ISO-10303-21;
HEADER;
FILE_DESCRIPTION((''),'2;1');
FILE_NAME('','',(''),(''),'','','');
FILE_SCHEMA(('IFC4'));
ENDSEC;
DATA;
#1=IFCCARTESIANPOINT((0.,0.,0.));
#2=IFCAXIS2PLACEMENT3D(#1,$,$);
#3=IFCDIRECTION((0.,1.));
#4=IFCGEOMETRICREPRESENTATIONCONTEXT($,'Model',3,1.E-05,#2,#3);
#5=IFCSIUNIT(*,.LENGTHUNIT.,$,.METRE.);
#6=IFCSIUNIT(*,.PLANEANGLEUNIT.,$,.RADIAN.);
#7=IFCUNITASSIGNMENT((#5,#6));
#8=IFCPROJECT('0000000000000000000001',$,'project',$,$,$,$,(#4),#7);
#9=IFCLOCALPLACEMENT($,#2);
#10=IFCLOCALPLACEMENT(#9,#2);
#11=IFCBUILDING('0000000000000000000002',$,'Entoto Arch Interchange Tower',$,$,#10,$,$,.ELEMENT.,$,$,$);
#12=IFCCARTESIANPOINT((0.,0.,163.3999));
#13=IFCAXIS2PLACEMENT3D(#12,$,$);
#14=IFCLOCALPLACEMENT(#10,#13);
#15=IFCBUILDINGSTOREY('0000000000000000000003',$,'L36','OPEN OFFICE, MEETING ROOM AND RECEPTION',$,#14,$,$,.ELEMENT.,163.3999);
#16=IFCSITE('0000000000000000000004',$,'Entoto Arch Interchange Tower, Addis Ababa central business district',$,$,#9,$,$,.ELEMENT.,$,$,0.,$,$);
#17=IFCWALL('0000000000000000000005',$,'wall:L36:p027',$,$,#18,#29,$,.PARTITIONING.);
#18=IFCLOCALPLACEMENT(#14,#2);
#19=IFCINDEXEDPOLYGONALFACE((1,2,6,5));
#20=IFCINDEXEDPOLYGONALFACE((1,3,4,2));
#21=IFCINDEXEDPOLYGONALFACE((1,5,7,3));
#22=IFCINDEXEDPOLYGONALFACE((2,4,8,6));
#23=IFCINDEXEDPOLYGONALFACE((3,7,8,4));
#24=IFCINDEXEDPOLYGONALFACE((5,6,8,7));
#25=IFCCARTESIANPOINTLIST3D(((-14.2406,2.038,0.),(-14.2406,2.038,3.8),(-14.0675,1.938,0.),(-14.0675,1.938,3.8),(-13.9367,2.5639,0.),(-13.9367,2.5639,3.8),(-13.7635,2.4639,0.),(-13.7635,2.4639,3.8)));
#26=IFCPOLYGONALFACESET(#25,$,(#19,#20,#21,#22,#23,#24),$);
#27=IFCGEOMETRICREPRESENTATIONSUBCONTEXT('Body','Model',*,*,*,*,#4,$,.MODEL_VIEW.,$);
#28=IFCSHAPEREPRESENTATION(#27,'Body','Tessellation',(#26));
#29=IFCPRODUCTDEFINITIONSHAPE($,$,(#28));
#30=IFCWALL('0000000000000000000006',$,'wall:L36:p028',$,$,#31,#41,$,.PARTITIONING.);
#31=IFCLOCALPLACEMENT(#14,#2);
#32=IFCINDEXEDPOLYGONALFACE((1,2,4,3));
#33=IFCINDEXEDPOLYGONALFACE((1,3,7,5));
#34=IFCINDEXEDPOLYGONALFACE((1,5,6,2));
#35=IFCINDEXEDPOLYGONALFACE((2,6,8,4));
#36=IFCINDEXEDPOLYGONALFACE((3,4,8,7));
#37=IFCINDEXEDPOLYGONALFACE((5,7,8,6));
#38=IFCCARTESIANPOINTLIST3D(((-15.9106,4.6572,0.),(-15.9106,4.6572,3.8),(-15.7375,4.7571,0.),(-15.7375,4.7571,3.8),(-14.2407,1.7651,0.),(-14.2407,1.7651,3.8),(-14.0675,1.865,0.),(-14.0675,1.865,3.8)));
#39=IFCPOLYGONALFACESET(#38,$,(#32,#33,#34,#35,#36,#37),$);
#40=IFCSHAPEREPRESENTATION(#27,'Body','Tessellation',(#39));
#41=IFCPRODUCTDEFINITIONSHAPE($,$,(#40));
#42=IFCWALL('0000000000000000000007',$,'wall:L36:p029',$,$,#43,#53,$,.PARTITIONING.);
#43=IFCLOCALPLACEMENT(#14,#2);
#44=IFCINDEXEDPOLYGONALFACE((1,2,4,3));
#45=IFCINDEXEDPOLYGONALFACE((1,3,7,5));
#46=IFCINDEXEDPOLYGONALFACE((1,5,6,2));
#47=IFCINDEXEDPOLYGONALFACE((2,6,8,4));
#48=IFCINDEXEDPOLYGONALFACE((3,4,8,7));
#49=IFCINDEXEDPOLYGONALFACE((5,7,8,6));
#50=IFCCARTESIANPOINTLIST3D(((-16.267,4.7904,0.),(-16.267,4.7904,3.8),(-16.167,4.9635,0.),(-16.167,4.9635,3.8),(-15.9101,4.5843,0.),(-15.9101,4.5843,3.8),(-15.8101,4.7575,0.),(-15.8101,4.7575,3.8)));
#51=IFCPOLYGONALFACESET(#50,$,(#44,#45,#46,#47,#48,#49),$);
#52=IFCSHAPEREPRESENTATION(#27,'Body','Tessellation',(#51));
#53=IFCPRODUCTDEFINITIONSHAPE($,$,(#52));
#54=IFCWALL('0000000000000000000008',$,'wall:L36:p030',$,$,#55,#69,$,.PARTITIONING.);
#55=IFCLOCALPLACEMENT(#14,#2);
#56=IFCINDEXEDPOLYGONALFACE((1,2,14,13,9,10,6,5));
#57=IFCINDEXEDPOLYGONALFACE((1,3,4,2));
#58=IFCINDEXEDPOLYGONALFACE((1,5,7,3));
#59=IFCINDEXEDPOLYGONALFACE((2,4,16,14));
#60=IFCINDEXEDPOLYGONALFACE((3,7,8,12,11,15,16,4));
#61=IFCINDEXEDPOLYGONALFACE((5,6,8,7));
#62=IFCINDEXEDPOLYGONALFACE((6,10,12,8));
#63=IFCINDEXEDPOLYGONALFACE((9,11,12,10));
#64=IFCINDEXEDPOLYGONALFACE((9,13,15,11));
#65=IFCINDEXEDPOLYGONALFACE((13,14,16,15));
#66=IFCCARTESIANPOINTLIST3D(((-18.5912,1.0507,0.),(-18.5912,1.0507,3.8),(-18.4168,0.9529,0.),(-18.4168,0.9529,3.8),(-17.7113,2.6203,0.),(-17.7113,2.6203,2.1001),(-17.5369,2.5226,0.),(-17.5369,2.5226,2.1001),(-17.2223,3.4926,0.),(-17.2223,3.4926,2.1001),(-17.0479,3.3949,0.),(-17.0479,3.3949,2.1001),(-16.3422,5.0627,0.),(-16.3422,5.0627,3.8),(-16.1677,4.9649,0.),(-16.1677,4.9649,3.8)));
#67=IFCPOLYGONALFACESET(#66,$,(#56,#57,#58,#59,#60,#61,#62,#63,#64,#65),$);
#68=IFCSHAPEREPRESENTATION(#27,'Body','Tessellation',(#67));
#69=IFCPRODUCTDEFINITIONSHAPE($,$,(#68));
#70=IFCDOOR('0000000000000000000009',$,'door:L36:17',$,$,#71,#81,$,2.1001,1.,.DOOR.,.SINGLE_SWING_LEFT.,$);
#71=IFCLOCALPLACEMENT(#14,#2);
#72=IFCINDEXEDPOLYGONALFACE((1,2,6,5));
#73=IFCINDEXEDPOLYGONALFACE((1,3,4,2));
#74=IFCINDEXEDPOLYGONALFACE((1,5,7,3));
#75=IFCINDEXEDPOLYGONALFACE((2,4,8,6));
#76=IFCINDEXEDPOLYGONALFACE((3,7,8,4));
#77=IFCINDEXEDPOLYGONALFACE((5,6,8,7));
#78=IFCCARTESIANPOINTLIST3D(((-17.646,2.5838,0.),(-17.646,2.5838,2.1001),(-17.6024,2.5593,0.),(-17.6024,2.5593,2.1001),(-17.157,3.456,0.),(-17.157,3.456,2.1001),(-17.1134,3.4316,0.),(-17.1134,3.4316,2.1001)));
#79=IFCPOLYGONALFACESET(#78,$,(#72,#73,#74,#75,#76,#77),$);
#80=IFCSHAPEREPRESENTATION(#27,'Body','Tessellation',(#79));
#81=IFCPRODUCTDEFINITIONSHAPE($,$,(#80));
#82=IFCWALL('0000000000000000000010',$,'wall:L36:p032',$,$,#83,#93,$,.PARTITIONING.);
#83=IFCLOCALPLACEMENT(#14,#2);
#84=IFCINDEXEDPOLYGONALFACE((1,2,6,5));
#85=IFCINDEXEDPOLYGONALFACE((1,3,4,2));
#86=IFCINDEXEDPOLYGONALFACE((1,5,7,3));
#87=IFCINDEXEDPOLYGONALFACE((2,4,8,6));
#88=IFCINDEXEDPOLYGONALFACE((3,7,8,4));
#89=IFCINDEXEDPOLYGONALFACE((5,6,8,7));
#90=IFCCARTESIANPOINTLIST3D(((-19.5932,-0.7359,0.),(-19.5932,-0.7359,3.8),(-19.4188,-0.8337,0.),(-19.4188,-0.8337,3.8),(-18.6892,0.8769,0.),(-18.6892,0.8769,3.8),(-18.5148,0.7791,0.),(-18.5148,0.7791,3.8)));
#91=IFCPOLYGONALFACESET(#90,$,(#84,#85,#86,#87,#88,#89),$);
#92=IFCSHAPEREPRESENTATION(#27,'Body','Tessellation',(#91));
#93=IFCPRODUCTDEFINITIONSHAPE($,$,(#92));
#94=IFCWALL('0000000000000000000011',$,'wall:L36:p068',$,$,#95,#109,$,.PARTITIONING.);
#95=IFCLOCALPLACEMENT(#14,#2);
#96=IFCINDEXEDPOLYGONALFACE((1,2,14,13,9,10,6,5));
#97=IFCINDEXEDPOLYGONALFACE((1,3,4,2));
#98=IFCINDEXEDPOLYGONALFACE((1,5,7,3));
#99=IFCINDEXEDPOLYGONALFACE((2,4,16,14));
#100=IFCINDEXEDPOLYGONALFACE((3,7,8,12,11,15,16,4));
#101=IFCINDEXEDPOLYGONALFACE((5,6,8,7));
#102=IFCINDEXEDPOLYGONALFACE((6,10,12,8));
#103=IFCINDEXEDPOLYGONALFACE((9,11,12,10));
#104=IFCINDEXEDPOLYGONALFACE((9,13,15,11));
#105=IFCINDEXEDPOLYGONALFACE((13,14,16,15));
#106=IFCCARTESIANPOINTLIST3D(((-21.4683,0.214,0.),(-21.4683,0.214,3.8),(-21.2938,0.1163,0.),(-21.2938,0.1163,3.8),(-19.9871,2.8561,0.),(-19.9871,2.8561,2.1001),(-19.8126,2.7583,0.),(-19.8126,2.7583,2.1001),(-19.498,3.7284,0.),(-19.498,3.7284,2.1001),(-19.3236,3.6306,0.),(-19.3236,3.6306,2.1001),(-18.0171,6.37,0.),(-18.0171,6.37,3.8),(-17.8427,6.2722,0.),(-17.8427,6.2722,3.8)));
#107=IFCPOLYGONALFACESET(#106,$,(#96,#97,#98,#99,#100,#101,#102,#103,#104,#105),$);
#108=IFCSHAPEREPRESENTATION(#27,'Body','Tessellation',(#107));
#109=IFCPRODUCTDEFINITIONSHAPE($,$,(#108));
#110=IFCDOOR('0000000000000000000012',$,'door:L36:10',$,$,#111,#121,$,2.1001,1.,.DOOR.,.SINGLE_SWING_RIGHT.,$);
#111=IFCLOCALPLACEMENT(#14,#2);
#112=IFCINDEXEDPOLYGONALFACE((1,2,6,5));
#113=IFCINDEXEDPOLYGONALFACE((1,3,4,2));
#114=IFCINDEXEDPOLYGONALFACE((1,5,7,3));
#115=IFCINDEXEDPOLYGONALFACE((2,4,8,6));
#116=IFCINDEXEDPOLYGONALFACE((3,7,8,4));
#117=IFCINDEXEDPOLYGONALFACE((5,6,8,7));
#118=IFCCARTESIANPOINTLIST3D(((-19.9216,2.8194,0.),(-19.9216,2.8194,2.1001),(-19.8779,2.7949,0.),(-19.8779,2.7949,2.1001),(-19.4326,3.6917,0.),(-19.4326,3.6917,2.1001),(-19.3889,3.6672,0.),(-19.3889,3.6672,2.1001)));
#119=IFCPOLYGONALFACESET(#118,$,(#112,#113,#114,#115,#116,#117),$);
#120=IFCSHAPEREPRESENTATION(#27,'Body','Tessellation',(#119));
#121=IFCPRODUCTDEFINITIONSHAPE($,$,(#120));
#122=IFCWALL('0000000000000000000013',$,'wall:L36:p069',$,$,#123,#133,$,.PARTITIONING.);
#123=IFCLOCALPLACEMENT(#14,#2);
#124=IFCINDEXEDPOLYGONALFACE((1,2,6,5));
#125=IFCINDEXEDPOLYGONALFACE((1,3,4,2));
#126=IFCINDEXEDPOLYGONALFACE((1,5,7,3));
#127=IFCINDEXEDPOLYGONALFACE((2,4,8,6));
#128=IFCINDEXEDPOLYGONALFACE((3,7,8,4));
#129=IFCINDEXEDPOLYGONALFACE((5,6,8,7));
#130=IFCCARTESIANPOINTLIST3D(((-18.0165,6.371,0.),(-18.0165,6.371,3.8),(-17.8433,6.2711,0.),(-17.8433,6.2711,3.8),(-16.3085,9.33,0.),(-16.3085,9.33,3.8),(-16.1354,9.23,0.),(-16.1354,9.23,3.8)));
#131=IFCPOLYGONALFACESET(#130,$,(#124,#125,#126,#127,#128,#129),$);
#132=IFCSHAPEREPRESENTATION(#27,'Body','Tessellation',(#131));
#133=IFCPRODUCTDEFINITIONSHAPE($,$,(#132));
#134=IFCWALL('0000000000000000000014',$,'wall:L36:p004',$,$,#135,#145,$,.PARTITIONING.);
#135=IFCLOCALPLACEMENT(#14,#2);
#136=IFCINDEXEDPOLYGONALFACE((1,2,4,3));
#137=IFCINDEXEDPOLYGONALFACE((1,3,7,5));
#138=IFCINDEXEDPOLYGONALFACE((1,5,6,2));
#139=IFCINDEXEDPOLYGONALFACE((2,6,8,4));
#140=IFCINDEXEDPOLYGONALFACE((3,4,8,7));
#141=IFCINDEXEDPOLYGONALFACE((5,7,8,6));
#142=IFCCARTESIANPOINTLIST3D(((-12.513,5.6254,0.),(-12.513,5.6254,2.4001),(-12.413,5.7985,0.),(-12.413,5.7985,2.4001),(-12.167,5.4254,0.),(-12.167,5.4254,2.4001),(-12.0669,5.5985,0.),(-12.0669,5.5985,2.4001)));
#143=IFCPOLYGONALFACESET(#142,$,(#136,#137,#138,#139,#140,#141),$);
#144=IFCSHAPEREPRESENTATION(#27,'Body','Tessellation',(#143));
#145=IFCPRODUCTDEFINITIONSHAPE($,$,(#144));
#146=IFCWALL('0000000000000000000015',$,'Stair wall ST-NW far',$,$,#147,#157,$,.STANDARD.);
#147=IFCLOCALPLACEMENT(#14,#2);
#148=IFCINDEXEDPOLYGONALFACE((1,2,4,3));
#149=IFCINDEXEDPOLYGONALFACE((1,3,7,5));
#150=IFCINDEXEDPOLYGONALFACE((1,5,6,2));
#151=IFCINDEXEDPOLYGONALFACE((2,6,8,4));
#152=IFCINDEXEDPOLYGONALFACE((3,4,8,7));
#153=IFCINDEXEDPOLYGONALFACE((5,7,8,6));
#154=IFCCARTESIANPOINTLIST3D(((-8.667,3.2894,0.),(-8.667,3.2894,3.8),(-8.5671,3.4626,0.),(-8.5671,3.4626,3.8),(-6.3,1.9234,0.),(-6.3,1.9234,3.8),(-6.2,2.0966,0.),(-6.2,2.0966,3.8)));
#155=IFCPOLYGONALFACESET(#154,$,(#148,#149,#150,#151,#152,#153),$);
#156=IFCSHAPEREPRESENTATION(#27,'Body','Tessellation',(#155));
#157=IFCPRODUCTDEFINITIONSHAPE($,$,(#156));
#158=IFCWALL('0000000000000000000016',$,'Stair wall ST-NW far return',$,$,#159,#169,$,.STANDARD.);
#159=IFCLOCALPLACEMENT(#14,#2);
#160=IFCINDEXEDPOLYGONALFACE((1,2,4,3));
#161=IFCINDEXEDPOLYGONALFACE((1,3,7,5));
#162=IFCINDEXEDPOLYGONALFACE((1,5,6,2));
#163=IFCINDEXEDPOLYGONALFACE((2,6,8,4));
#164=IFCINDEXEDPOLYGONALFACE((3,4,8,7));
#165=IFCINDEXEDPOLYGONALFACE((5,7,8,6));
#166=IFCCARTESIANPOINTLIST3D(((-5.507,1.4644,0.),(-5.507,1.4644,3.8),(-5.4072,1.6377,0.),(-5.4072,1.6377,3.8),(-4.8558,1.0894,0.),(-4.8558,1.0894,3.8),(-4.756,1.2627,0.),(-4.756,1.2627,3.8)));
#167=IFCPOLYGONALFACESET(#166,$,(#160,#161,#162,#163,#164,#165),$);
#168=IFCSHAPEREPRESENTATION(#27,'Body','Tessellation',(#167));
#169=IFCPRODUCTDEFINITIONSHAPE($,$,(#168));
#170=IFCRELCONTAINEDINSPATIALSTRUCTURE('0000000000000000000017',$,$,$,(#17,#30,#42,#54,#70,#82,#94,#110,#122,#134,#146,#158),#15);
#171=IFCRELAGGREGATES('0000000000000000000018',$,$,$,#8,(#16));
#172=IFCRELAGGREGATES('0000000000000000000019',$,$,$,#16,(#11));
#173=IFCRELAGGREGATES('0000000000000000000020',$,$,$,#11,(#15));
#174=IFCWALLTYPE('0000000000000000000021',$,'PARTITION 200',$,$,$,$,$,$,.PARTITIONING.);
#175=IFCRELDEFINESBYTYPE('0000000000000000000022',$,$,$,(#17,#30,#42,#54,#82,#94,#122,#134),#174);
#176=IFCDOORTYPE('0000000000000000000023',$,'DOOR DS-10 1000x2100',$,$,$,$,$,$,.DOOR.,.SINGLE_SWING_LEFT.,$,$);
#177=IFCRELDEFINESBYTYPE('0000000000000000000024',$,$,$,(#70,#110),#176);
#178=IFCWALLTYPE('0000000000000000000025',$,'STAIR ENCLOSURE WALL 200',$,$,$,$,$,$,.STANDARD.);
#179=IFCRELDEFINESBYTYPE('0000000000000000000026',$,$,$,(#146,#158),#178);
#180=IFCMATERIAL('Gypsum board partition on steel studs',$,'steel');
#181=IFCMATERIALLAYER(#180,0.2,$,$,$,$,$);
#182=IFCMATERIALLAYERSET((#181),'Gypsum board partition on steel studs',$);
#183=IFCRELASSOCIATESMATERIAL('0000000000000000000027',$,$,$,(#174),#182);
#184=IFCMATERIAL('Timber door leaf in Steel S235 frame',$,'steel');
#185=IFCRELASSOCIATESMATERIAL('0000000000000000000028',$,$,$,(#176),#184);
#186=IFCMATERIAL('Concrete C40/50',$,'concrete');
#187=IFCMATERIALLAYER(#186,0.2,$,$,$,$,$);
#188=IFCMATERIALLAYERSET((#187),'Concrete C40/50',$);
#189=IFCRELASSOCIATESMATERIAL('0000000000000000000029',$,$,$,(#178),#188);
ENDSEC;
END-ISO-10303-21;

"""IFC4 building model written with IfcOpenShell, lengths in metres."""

from ifc_helpers import new_model, si_unit, direction, frame, frame_2d, origin, place, context, subcontext, project, spatial, rectangle, extrude, material, layer, layer_set, type_object, element, fill, save


model = new_model("IFC4")

# Units and contexts
model_context = context("Model", 3, precision=1e-05, world=origin(), true_north=direction((0.0, 1.0)))
body_context = subcontext(model_context, "Body", "Model", "MODEL_VIEW")
ifc_project = project(units=[si_unit("LENGTHUNIT", "METRE"), si_unit("PLANEANGLEUNIT", "RADIAN")], contexts=[model_context])

# Site, building, storey
site_placement = place(None, origin())
site = spatial("IfcSite", under=ifc_project, at=site_placement, Name="Entoto Arch Interchange Tower, Addis Ababa central business district", CompositionType="ELEMENT", RefElevation=0.0)
building_placement = place(site_placement, origin())
building = spatial("IfcBuilding", under=site, at=building_placement, Name="Entoto Arch Interchange Tower", CompositionType="ELEMENT")
storey_placement = place(building_placement, frame((0.0, 0.0, 163.3999)))
storey = spatial("IfcBuildingStorey", under=building, at=storey_placement, Name="L36", Description="OPEN OFFICE, MEETING ROOM AND RECEPTION", CompositionType="ELEMENT", Elevation=163.3999)

# Shared definitions
ifc_material_1 = material(Name="Concrete C40/50", Category="concrete")

# Walls
ifc_material_2 = material(Name="Gypsum board partition on steel studs", Category="steel")
ifc_layer_1 = layer(ifc_material_2, 0.2)
ifc_layer_set_1 = layer_set([ifc_layer_1], Name="Gypsum board partition on steel studs")
wall_type_1 = type_object("IfcWallType", Name="PARTITION 200", PredefinedType="PARTITIONING", material=ifc_layer_set_1)
wall_1_placement = place(storey_placement, frame((-13.8501, 2.5139, 0.0), z_axis=(0.0, 0.0, 1.0), x_axis=(-0.500418, -0.865784, 0.0)))
element("IfcWall", 1, at=wall_1_placement, inside=storey, type_object=wall_type_1, Name="wall:L36:p027", PredefinedType="PARTITIONING", context=body_context, shape_type="SweptSolid", body=[
    extrude(rectangle(XDim=0.6074, YDim=0.2, at=frame_2d((0.3037, 0.0))), origin(), (0.0, 0.0, 1.0), 3.8),
])
wall_2_placement = place(storey_placement, frame((-14.1541, 1.8149, 0.0), z_axis=(0.0, 0.0, 1.0), x_axis=(-0.500039, 0.866003, 0.0)))
element("IfcWall", 2, at=wall_2_placement, inside=storey, type_object=wall_type_1, Name="wall:L36:p028", PredefinedType="PARTITIONING", context=body_context, shape_type="SweptSolid", body=[
    extrude(rectangle(XDim=3.3396, YDim=0.2, at=frame_2d((1.6699, 0.0))), origin(), (0.0, 0.0, 1.0), 3.8),
])
wall_3_placement = place(storey_placement, frame((-15.8601, 4.6709, 0.0), z_axis=(0.0, 0.0, 1.0), x_axis=(-0.866047, 0.499962, 0.0)))
element("IfcWall", 3, at=wall_3_placement, inside=storey, type_object=wall_type_1, Name="wall:L36:p029", PredefinedType="PARTITIONING", context=body_context, shape_type="SweptSolid", body=[
    extrude(rectangle(XDim=0.4121, YDim=0.2, at=frame_2d((0.2061, 0.0))), origin(), (0.0, 0.0, 1.0), 3.8),
])

# Wall, opening, door
wall_4_placement = place(storey_placement, frame((-16.2549, 5.0139, 0.0), z_axis=(0.0, 0.0, 1.0), x_axis=(-0.488988, -0.872291, 0.0)))
wall_4 = element("IfcWall", 4, at=wall_4_placement, inside=storey, type_object=wall_type_1, Name="wall:L36:p030", PredefinedType="PARTITIONING", context=body_context, shape_type="SweptSolid", body=[
    extrude(rectangle(XDim=4.5994, YDim=0.2, at=frame_2d((2.2998, 0.0))), origin(), (0.0, 0.0, 1.0), 3.8),
])
opening_1_placement = place(wall_4_placement, frame((1.8, 0.0, 0.0)))
opening_1 = element("IfcOpeningElement", 5, at=opening_1_placement, cuts=wall_4, PredefinedType="OPENING", context=body_context, shape_type="SweptSolid", body=[
    extrude(rectangle(XDim=1.0, YDim=2.1001, at=frame_2d((0.5, 1.05))), frame((0.0, 0.1099, 0.0), z_axis=(0.0, -1.0, 0.0), x_axis=(1.0, 0.0, 0.0)), (0.0, 0.0, 1.0), 0.22),
])
ifc_material_3 = material(Name="Timber door leaf in Steel S235 frame", Category="steel")
door_type_1 = type_object("IfcDoorType", Name="DOOR DS-10 1000x2100", OperationType="SINGLE_SWING_LEFT", PredefinedType="DOOR", material=ifc_material_3)
door_1_placement = place(opening_1_placement, origin())
door_1 = element("IfcDoor", 6, at=door_1_placement, inside=storey, type_object=door_type_1, Name="door:L36:17", OperationType="SINGLE_SWING_LEFT", OverallHeight=2.1001, OverallWidth=1.0, PredefinedType="DOOR", context=body_context, shape_type="SweptSolid", body=[
    extrude(rectangle(XDim=1.0, YDim=2.1001, at=frame_2d((0.5, 1.05))), frame((0.0, 0.0249, 0.0), z_axis=(0.0, -1.0, 0.0), x_axis=(1.0, 0.0, 0.0)), (0.0, 0.0, 1.0), 0.05),
])
fill(opening_1, door_1)

# Wall
wall_5_placement = place(storey_placement, frame((-18.6021, 0.8279, 0.0), z_axis=(0.0, 0.0, 1.0), x_axis=(-0.488969, -0.872301, 0.0)))
element("IfcWall", 7, at=wall_5_placement, inside=storey, type_object=wall_type_1, Name="wall:L36:p032", PredefinedType="PARTITIONING", context=body_context, shape_type="SweptSolid", body=[
    extrude(rectangle(XDim=1.8489, YDim=0.2, at=frame_2d((0.9243, 0.0))), origin(), (0.0, 0.0, 1.0), 3.8),
])

# Wall, opening, door
wall_6_placement = place(storey_placement, frame((-21.3811, 0.165, 0.0), z_axis=(0.0, 0.0, 1.0), x_axis=(0.489014, 0.872276, 0.0)))
wall_6 = element("IfcWall", 8, at=wall_6_placement, inside=storey, type_object=wall_type_1, Name="wall:L36:p068", PredefinedType="PARTITIONING", context=body_context, shape_type="SweptSolid", body=[
    extrude(rectangle(XDim=7.0574, YDim=0.2, at=frame_2d((3.5288, 0.0))), origin(), (0.0, 0.0, 1.0), 3.8),
])
opening_2_placement = place(wall_6_placement, frame((3.0291, 0.0, 0.0)))
opening_2 = element("IfcOpeningElement", 9, at=opening_2_placement, cuts=wall_6, PredefinedType="OPENING", context=body_context, shape_type="SweptSolid", body=[
    extrude(rectangle(XDim=1.0, YDim=2.1001, at=frame_2d((0.5, 1.05))), frame((0.0, 0.1099, 0.0), z_axis=(0.0, -1.0, 0.0), x_axis=(1.0, 0.0, 0.0)), (0.0, 0.0, 1.0), 0.22),
])
door_2_placement = place(opening_2_placement, origin())
door_2 = element("IfcDoor", 10, at=door_2_placement, inside=storey, type_object=door_type_1, Name="door:L36:10", OperationType="SINGLE_SWING_RIGHT", OverallHeight=2.1001, OverallWidth=1.0, PredefinedType="DOOR", context=body_context, shape_type="SweptSolid", body=[
    extrude(rectangle(XDim=1.0, YDim=2.1001, at=frame_2d((0.5, 1.05))), frame((0.0, 0.0249, 0.0), z_axis=(0.0, -1.0, 0.0), x_axis=(1.0, 0.0, 0.0)), (0.0, 0.0, 1.0), 0.05),
])
fill(opening_2, door_2)

# Walls
wall_7_placement = place(storey_placement, frame((-17.9299, 6.321, 0.0), z_axis=(0.0, 0.0, 1.0), x_axis=(0.49992, 0.866071, 0.0)))
element("IfcWall", 11, at=wall_7_placement, inside=storey, type_object=wall_type_1, Name="wall:L36:p069", PredefinedType="PARTITIONING", context=body_context, shape_type="SweptSolid", body=[
    extrude(rectangle(XDim=3.4165, YDim=0.2, at=frame_2d((1.7083, 0.0))), origin(), (0.0, 0.0, 1.0), 3.8),
])
wall_8_placement = place(storey_placement, frame((-12.4629, 5.7119, 0.0), z_axis=(0.0, 0.0, 1.0), x_axis=(0.865789, -0.50041, 0.0)))
element("IfcWall", 12, at=wall_8_placement, inside=storey, type_object=wall_type_1, Name="wall:L36:p004", PredefinedType="PARTITIONING", context=body_context, shape_type="SweptSolid", body=[
    extrude(rectangle(XDim=0.3997, YDim=0.2, at=frame_2d((0.1997, 0.0))), origin(), (0.0, 0.0, 1.0), 2.4001),
])
ifc_layer_2 = layer(ifc_material_1, 0.2)
ifc_layer_set_2 = layer_set([ifc_layer_2], Name="Concrete C40/50")
wall_type_2 = type_object("IfcWallType", Name="STAIR ENCLOSURE WALL 200", PredefinedType="STANDARD", material=ifc_layer_set_2)
wall_9_placement = place(storey_placement, frame((-6.25, 2.01, 0.0), z_axis=(0.0, 0.0, 1.0), x_axis=(-0.866119, 0.499838, 0.0)))
element("IfcWall", 13, at=wall_9_placement, inside=storey, type_object=wall_type_2, Name="Stair wall ST-NW far", PredefinedType="STANDARD", context=body_context, shape_type="SweptSolid", body=[
    extrude(rectangle(XDim=2.7329, YDim=0.2, at=frame_2d((1.3665, 0.0))), origin(), (0.0, 0.0, 1.0), 3.8),
])
wall_10_placement = place(storey_placement, frame((-4.8059, 1.176, 0.0), z_axis=(0.0, 0.0, 1.0), x_axis=(-0.866559, 0.499075, 0.0)))
element("IfcWall", 14, at=wall_10_placement, inside=storey, type_object=wall_type_2, Name="Stair wall ST-NW far return", PredefinedType="STANDARD", context=body_context, shape_type="SweptSolid", body=[
    extrude(rectangle(XDim=0.7515, YDim=0.2, at=frame_2d((0.3757, 0.0))), origin(), (0.0, 0.0, 1.0), 3.8),
])

save(model, "model.ifc")
